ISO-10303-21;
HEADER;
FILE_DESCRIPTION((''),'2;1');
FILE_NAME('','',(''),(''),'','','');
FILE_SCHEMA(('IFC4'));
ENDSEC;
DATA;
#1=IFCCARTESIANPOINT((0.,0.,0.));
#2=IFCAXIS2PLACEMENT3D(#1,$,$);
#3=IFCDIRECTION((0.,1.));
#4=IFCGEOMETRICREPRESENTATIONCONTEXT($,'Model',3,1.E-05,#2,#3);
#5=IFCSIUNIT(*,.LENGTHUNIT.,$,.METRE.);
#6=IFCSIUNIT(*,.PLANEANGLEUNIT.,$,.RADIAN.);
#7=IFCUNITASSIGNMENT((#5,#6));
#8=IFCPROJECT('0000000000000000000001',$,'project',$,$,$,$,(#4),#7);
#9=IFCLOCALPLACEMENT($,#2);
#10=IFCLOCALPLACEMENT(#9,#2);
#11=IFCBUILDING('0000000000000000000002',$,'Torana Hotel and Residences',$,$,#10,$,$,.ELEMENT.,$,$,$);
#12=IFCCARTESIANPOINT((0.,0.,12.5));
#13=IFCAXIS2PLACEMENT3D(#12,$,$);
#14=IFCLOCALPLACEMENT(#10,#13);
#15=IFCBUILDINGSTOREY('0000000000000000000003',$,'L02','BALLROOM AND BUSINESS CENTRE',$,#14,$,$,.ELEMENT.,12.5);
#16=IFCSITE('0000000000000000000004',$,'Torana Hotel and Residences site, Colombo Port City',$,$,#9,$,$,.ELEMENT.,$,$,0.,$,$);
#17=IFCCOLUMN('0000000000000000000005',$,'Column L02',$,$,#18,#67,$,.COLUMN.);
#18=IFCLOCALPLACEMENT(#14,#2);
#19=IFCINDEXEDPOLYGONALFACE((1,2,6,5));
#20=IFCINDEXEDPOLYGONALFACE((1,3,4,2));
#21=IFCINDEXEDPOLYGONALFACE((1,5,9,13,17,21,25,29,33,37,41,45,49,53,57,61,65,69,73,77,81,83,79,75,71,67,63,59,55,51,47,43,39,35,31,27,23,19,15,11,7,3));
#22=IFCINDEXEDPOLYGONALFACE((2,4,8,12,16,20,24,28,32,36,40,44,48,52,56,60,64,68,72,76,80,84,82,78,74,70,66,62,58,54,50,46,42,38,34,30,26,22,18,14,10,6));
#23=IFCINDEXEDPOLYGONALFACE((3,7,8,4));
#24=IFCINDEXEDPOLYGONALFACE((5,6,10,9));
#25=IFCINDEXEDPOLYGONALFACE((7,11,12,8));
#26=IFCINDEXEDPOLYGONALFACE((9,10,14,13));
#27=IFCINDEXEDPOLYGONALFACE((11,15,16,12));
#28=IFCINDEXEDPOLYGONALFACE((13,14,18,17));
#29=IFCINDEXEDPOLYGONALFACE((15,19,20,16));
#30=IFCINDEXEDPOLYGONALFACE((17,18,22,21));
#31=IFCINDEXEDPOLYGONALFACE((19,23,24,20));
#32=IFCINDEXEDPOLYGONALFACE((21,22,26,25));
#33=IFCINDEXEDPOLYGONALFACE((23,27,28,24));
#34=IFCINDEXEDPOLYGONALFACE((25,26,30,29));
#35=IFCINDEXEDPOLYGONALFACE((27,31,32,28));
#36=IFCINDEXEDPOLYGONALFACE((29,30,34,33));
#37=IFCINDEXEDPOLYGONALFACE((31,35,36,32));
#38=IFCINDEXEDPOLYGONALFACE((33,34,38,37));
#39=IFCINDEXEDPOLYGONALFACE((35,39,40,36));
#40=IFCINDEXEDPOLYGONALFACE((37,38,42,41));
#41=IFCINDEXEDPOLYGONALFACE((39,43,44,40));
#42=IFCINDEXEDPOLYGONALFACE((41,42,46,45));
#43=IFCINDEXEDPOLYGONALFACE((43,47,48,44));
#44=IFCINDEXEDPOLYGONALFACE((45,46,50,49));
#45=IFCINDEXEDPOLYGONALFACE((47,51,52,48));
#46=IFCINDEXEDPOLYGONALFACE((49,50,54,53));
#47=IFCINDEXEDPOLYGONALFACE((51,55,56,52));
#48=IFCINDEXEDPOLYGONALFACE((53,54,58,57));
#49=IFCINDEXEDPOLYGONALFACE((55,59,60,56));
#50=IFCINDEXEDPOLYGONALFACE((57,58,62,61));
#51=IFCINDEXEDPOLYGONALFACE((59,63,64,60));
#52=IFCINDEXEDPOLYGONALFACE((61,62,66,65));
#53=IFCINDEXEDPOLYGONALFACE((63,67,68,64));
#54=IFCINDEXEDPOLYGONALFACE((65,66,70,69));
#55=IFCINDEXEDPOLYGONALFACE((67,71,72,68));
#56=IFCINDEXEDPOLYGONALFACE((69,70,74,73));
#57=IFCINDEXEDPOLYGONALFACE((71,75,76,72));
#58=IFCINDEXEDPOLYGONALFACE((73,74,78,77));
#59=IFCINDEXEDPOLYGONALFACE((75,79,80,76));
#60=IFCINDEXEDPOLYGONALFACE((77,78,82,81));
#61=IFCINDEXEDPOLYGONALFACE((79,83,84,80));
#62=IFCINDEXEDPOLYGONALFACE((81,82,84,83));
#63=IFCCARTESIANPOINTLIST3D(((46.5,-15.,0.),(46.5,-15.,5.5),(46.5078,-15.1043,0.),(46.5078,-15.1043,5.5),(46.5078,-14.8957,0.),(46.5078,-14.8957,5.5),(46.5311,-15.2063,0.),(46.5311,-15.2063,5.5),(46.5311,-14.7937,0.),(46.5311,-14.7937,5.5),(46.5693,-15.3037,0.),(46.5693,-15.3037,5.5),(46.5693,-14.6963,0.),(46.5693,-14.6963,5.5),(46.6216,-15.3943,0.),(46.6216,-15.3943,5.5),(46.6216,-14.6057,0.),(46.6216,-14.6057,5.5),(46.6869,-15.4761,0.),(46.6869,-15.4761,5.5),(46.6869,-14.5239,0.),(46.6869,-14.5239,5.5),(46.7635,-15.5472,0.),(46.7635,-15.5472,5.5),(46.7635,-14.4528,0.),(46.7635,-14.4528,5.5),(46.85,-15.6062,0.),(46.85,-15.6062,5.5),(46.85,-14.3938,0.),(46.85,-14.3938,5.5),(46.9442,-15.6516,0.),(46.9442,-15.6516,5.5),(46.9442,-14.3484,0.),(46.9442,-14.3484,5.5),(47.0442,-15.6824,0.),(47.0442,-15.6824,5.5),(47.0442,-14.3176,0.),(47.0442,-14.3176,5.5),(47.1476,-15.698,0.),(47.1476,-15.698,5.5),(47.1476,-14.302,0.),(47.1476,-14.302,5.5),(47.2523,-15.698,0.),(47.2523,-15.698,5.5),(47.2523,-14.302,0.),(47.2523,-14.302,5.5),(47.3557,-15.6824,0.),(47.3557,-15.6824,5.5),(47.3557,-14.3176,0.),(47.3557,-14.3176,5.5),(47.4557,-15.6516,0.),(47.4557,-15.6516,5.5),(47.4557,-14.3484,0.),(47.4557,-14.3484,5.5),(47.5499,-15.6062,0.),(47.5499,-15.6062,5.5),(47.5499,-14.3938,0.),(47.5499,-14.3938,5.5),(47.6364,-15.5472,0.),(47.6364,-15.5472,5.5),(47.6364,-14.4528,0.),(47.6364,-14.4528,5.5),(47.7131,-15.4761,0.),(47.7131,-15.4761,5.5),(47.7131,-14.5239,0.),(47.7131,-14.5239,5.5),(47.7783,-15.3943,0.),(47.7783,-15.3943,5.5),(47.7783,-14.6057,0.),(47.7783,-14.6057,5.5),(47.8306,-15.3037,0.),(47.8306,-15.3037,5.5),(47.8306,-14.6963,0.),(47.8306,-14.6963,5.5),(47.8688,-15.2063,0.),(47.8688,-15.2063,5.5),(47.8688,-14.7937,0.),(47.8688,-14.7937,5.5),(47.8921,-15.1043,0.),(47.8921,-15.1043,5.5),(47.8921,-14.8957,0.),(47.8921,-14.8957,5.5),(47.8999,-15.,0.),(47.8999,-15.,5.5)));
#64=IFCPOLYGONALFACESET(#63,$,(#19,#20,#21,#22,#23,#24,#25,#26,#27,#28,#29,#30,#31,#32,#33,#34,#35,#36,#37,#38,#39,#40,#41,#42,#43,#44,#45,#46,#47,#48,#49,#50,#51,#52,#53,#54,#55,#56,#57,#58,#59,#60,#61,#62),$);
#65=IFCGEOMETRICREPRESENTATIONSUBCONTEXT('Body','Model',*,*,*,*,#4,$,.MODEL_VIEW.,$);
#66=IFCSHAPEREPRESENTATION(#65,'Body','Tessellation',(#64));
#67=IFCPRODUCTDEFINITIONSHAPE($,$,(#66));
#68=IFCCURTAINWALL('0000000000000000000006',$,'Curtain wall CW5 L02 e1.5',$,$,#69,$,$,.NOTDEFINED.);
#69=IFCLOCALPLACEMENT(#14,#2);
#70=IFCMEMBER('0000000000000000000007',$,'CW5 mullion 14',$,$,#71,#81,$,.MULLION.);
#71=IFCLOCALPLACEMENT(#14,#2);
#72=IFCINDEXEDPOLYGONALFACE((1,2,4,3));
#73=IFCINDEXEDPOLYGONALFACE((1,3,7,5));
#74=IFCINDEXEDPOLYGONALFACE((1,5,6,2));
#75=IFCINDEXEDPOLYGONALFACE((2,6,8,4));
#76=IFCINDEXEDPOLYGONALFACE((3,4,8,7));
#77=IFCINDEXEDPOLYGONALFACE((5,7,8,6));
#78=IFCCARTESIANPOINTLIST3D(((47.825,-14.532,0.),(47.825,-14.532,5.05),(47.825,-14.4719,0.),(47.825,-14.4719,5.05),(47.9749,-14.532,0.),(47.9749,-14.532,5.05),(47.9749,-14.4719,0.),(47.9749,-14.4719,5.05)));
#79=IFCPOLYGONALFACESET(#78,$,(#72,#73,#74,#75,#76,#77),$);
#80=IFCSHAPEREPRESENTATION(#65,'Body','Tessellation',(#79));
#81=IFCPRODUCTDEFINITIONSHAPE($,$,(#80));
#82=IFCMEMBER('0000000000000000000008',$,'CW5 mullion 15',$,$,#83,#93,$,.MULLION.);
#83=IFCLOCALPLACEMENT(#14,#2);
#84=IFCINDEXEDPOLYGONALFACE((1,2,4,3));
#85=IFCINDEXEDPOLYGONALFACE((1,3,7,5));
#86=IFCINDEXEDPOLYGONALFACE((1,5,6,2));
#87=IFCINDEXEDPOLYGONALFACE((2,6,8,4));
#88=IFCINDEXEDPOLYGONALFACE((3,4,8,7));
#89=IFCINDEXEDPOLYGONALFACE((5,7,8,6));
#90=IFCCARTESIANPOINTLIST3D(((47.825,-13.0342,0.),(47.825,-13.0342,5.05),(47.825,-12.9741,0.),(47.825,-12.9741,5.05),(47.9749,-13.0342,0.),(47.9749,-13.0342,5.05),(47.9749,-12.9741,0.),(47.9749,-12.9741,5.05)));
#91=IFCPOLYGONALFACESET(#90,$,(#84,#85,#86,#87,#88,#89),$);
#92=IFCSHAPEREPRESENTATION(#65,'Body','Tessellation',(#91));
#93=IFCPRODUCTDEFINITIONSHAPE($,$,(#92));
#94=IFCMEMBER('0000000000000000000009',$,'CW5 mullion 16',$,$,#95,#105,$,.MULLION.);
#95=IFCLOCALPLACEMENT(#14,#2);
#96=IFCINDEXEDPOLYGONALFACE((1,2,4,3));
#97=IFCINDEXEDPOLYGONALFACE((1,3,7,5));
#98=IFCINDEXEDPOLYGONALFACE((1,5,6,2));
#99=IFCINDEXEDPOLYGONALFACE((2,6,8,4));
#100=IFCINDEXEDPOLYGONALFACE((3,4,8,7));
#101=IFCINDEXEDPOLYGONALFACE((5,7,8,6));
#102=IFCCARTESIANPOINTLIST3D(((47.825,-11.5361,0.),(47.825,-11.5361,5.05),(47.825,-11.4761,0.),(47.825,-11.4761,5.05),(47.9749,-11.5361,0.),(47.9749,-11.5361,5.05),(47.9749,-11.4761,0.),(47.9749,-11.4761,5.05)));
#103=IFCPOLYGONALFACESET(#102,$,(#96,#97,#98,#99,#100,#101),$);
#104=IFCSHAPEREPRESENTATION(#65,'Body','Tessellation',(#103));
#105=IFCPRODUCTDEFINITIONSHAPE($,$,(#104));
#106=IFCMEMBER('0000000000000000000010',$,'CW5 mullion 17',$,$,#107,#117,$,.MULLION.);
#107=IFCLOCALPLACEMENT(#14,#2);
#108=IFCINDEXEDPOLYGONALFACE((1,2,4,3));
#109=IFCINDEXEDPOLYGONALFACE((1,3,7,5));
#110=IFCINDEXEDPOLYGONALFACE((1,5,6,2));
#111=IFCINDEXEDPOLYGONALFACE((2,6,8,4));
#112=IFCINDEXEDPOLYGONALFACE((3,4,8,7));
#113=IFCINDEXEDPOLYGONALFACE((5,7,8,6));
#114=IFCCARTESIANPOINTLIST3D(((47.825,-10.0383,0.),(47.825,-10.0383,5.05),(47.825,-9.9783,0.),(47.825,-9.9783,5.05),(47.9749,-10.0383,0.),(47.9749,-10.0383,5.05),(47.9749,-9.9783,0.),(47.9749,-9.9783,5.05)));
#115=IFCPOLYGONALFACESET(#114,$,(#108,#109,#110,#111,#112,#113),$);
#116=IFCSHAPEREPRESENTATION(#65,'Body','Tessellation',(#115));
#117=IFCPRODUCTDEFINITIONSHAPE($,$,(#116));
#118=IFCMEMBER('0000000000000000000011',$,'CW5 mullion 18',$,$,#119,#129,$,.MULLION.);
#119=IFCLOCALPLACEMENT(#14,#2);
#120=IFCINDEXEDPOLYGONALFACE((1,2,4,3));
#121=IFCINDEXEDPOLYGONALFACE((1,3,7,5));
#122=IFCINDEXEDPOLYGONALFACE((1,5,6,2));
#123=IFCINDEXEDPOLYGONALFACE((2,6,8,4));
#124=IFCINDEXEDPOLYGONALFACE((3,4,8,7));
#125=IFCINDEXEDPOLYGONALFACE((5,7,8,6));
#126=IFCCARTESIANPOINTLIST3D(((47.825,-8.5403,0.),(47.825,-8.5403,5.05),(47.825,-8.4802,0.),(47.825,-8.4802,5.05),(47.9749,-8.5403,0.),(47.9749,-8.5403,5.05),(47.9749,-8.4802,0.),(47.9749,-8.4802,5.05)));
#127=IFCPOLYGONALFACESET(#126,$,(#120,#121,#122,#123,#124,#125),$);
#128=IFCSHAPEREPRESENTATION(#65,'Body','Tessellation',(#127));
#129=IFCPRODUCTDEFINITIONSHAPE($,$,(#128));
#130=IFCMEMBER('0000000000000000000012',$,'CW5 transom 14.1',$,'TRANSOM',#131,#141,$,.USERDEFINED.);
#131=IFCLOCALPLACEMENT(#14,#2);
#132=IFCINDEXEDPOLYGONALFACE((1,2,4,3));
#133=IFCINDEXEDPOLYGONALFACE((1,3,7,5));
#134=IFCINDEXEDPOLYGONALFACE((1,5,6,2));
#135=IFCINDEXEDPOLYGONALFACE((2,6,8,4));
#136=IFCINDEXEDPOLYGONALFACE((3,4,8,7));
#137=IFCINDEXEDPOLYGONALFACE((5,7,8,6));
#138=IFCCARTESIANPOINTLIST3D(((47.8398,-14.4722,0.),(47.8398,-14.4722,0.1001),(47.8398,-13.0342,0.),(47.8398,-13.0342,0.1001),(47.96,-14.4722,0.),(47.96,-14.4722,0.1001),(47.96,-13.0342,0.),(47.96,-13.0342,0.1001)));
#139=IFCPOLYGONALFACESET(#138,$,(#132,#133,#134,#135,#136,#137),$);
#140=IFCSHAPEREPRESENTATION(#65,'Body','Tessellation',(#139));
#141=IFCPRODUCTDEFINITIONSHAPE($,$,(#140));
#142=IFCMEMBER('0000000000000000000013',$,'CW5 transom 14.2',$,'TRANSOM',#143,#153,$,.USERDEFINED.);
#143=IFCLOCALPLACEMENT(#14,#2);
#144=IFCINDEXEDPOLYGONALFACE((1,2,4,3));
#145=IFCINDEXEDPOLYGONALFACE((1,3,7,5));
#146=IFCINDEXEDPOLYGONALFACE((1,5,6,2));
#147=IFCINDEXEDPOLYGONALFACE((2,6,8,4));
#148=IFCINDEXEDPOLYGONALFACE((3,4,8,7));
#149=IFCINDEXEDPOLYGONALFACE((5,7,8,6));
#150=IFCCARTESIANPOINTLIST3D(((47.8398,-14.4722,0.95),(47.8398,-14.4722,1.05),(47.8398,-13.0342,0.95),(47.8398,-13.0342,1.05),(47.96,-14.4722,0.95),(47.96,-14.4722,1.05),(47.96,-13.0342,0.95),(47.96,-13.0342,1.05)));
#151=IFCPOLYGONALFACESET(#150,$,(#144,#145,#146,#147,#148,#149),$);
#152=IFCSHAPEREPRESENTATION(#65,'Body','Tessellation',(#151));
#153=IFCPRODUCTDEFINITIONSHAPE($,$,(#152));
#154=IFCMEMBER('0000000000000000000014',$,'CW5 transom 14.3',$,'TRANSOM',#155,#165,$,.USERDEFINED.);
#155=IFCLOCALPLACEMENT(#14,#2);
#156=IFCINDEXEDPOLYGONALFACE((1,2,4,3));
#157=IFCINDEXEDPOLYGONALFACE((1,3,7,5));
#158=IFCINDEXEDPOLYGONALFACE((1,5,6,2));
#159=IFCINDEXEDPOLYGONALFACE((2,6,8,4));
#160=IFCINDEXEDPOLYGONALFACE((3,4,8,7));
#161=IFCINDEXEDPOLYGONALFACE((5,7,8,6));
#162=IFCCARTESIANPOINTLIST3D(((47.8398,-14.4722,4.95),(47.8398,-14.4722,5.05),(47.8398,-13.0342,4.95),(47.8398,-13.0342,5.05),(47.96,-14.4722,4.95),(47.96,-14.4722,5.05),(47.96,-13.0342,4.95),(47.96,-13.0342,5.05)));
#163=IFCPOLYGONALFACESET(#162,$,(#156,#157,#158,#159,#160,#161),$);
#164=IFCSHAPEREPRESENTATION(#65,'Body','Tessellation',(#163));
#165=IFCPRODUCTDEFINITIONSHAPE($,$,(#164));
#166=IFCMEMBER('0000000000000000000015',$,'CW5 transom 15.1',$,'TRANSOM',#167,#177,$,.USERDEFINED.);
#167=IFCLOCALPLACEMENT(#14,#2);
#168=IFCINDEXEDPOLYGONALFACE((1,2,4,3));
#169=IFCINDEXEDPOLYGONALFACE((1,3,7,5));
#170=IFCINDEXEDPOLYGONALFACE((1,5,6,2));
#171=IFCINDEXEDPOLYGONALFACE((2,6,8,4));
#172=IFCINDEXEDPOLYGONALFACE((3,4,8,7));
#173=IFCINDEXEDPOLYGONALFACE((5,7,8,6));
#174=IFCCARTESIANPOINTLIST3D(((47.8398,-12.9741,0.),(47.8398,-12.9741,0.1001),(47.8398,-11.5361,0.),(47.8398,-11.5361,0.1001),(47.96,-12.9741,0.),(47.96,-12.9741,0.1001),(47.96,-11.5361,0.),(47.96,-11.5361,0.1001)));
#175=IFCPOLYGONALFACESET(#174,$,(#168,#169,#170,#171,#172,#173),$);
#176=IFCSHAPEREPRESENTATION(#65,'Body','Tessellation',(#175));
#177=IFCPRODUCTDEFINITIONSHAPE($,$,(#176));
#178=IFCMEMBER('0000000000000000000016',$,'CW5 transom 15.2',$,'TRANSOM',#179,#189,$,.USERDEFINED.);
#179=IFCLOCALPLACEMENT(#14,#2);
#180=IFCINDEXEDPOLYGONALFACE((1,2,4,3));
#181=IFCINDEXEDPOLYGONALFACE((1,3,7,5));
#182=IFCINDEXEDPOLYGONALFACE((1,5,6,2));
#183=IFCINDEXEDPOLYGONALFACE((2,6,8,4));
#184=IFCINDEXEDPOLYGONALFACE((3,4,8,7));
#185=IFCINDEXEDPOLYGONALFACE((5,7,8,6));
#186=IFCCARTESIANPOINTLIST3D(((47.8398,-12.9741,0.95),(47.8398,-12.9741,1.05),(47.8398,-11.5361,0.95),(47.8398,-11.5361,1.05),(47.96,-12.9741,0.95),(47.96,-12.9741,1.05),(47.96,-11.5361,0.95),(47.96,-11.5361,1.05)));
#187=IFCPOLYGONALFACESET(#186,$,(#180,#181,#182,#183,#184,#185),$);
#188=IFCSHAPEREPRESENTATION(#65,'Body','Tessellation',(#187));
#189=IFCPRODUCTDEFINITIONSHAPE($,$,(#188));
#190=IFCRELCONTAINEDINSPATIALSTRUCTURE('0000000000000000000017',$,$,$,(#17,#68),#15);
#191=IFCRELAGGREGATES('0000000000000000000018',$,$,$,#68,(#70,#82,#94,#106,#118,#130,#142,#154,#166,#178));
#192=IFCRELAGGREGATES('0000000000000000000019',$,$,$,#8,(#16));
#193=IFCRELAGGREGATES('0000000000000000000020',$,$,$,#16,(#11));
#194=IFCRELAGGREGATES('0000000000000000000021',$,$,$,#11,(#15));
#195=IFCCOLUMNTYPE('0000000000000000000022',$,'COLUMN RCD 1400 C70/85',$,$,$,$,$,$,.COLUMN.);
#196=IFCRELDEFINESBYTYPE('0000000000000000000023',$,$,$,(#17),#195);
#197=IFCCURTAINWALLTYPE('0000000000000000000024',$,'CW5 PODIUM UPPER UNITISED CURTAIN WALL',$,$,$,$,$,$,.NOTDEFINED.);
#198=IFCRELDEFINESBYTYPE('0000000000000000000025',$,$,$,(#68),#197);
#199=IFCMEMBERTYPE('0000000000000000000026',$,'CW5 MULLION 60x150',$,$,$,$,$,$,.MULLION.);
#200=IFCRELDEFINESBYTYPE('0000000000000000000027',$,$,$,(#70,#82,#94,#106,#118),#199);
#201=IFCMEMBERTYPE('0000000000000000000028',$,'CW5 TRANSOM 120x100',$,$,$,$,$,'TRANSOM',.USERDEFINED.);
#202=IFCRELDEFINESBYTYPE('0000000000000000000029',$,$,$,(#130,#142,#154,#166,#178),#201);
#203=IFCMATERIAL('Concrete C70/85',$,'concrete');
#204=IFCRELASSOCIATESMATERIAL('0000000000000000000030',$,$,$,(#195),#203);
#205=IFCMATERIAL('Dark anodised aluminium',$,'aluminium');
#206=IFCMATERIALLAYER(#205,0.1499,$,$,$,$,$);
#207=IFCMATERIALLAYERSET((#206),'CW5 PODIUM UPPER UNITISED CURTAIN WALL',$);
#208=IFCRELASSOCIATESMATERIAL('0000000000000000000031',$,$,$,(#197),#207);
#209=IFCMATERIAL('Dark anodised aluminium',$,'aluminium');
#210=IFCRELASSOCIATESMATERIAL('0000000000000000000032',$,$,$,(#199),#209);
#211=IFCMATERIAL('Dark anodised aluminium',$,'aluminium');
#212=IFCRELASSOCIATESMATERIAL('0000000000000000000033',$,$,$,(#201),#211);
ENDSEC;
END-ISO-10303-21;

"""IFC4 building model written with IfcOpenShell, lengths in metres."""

from ifc_helpers import new_model, si_unit, direction, frame, origin, origin_2d, place, context, subcontext, project, spatial, rectangle, circle, extrude, material, layer, layer_set, material_profile, profile_set, type_object, element, aggregate, save


model = new_model("IFC4")

# Units and contexts
model_context = context("Model", 3, precision=1e-05, world=origin(), true_north=direction((0.0, 1.0)))
body_context = subcontext(model_context, "Body", "Model", "MODEL_VIEW")
ifc_project = project(units=[si_unit("LENGTHUNIT", "METRE"), si_unit("PLANEANGLEUNIT", "RADIAN")], contexts=[model_context])

# Site, building, storey
site_placement = place(None, origin())
site = spatial("IfcSite", under=ifc_project, at=site_placement, Name="Torana Hotel and Residences site, Colombo Port City", CompositionType="ELEMENT", RefElevation=0.0)
building_placement = place(site_placement, origin())
building = spatial("IfcBuilding", under=site, at=building_placement, Name="Torana Hotel and Residences", CompositionType="ELEMENT")
storey_placement = place(building_placement, frame((0.0, 0.0, 12.5)))
storey = spatial("IfcBuildingStorey", under=building, at=storey_placement, Name="L02", Description="BALLROOM AND BUSINESS CENTRE", CompositionType="ELEMENT", Elevation=12.5)

# Column
ifc_material_1 = material(Name="Concrete C70/85", Category="concrete")
ifc_material_profile_1 = material_profile(ifc_material_1, circle(Radius=0.7, at=origin_2d()), Name="RCD 1400")
ifc_profile_set_1 = profile_set([ifc_material_profile_1], Name="Concrete C70/85")
column_type = type_object("IfcColumnType", Name="COLUMN RCD 1400 C70/85", PredefinedType="COLUMN", material=ifc_profile_set_1)
column_placement = place(storey_placement, frame((47.2, -15.0, 0.0), z_axis=(0.0, 0.0, 1.0), x_axis=(1.0, 0.0, 0.0)))
element("IfcColumn", 1, at=column_placement, inside=storey, type_object=column_type, Name="Column L02", PredefinedType="COLUMN", context=body_context, shape_type="SweptSolid", body=[
    extrude(circle(Radius=0.7, at=origin_2d()), origin(), (0.0, 0.0, 1.0), 5.5),
])

# Curtain wall, members
ifc_material_2 = material(Name="Dark anodised aluminium", Category="aluminium")
ifc_layer_1 = layer(ifc_material_2, 0.1499)
ifc_layer_set_1 = layer_set([ifc_layer_1], Name="CW5 PODIUM UPPER UNITISED CURTAIN WALL")
curtain_wall_type = type_object("IfcCurtainWallType", Name="CW5 PODIUM UPPER UNITISED CURTAIN WALL", PredefinedType="NOTDEFINED", material=ifc_layer_set_1)
curtain_wall_placement = place(storey_placement, origin())
curtain_wall = element("IfcCurtainWall", 2, at=curtain_wall_placement, inside=storey, type_object=curtain_wall_type, Name="Curtain wall CW5 L02 e1.5", PredefinedType="NOTDEFINED")
ifc_material_3 = material(Name="Dark anodised aluminium", Category="aluminium")
ifc_material_profile_2 = material_profile(ifc_material_3, rectangle(XDim=0.1499, YDim=0.0601, at=origin_2d()), Name="CW5 MULLION 60x150")
ifc_profile_set_2 = profile_set([ifc_material_profile_2], Name="Dark anodised aluminium")
member_type_1 = type_object("IfcMemberType", Name="CW5 MULLION 60x150", PredefinedType="MULLION", material=ifc_profile_set_2)
member_1_placement = place(storey_placement, frame((47.8999, -14.502, 0.0), z_axis=(0.0, 0.0, 1.0), x_axis=(-1.0, 0.0, 0.0)))
member_1 = element("IfcMember", 3, at=member_1_placement, type_object=member_type_1, Name="CW5 mullion 14", PredefinedType="MULLION", context=body_context, shape_type="SweptSolid", body=[
    extrude(rectangle(XDim=0.1499, YDim=0.0601, at=origin_2d()), origin(), (0.0, 0.0, 1.0), 5.05),
])
member_2_placement = place(storey_placement, frame((47.8999, -13.0042, 0.0), z_axis=(0.0, 0.0, 1.0), x_axis=(-1.0, 0.0, 0.0)))
member_2 = element("IfcMember", 4, at=member_2_placement, type_object=member_type_1, Name="CW5 mullion 15", PredefinedType="MULLION", context=body_context, shape_type="SweptSolid", body=[
    extrude(rectangle(XDim=0.1499, YDim=0.0601, at=origin_2d()), origin(), (0.0, 0.0, 1.0), 5.05),
])
member_3_placement = place(storey_placement, frame((47.8999, -11.5061, 0.0), z_axis=(0.0, 0.0, 1.0), x_axis=(-1.0, 0.0, 0.0)))
member_3 = element("IfcMember", 5, at=member_3_placement, type_object=member_type_1, Name="CW5 mullion 16", PredefinedType="MULLION", context=body_context, shape_type="SweptSolid", body=[
    extrude(rectangle(XDim=0.1499, YDim=0.0601, at=origin_2d()), origin(), (0.0, 0.0, 1.0), 5.05),
])
member_4_placement = place(storey_placement, frame((47.8999, -10.0083, 0.0), z_axis=(0.0, 0.0, 1.0), x_axis=(-1.0, 0.0, 0.0)))
member_4 = element("IfcMember", 6, at=member_4_placement, type_object=member_type_1, Name="CW5 mullion 17", PredefinedType="MULLION", context=body_context, shape_type="SweptSolid", body=[
    extrude(rectangle(XDim=0.1499, YDim=0.0601, at=origin_2d()), origin(), (0.0, 0.0, 1.0), 5.05),
])
member_5_placement = place(storey_placement, frame((47.8999, -8.5103, 0.0), z_axis=(0.0, 0.0, 1.0), x_axis=(-1.0, 0.0, 0.0)))
member_5 = element("IfcMember", 7, at=member_5_placement, type_object=member_type_1, Name="CW5 mullion 18", PredefinedType="MULLION", context=body_context, shape_type="SweptSolid", body=[
    extrude(rectangle(XDim=0.1499, YDim=0.0601, at=origin_2d()), origin(), (0.0, 0.0, 1.0), 5.05),
])
ifc_material_4 = material(Name="Dark anodised aluminium", Category="aluminium")
ifc_material_profile_3 = material_profile(ifc_material_4, rectangle(XDim=0.1201, YDim=0.1001, at=origin_2d()), Name="CW5 TRANSOM 120x100")
ifc_profile_set_3 = profile_set([ifc_material_profile_3], Name="Dark anodised aluminium")
member_type_2 = type_object("IfcMemberType", Name="CW5 TRANSOM 120x100", ElementType="TRANSOM", PredefinedType="USERDEFINED", material=ifc_profile_set_3)
member_6_placement = place(storey_placement, frame((47.8999, -14.4722, 0.05), z_axis=(0.0, 1.0, 0.0), x_axis=(-1.0, 0.0, 0.0)))
member_6 = element("IfcMember", 8, at=member_6_placement, type_object=member_type_2, Name="CW5 transom 14.1", ObjectType="TRANSOM", PredefinedType="USERDEFINED", context=body_context, shape_type="SweptSolid", body=[
    extrude(rectangle(XDim=0.1201, YDim=0.1001, at=origin_2d()), origin(), (0.0, 0.0, 1.0), 1.438),
])
member_7_placement = place(storey_placement, frame((47.8999, -14.4722, 1.0), z_axis=(0.0, 1.0, 0.0), x_axis=(-1.0, 0.0, 0.0)))
member_7 = element("IfcMember", 9, at=member_7_placement, type_object=member_type_2, Name="CW5 transom 14.2", ObjectType="TRANSOM", PredefinedType="USERDEFINED", context=body_context, shape_type="SweptSolid", body=[
    extrude(rectangle(XDim=0.1201, YDim=0.1001, at=origin_2d()), origin(), (0.0, 0.0, 1.0), 1.438),
])
member_8_placement = place(storey_placement, frame((47.8999, -14.4722, 5.0), z_axis=(0.0, 1.0, 0.0), x_axis=(-1.0, 0.0, 0.0)))
member_8 = element("IfcMember", 10, at=member_8_placement, type_object=member_type_2, Name="CW5 transom 14.3", ObjectType="TRANSOM", PredefinedType="USERDEFINED", context=body_context, shape_type="SweptSolid", body=[
    extrude(rectangle(XDim=0.1201, YDim=0.1001, at=origin_2d()), origin(), (0.0, 0.0, 1.0), 1.438),
])
member_9_placement = place(storey_placement, frame((47.8999, -12.9741, 0.05), z_axis=(0.0, 1.0, 0.0), x_axis=(-1.0, 0.0, 0.0)))
member_9 = element("IfcMember", 11, at=member_9_placement, type_object=member_type_2, Name="CW5 transom 15.1", ObjectType="TRANSOM", PredefinedType="USERDEFINED", context=body_context, shape_type="SweptSolid", body=[
    extrude(rectangle(XDim=0.1201, YDim=0.1001, at=origin_2d()), origin(), (0.0, 0.0, 1.0), 1.438),
])
member_10_placement = place(storey_placement, frame((47.8999, -12.9741, 1.0), z_axis=(0.0, 1.0, 0.0), x_axis=(-1.0, 0.0, 0.0)))
member_10 = element("IfcMember", 12, at=member_10_placement, type_object=member_type_2, Name="CW5 transom 15.2", ObjectType="TRANSOM", PredefinedType="USERDEFINED", context=body_context, shape_type="SweptSolid", body=[
    extrude(rectangle(XDim=0.1201, YDim=0.1001, at=origin_2d()), origin(), (0.0, 0.0, 1.0), 1.438),
])
aggregate(curtain_wall, [member_1, member_2, member_3, member_4, member_5, member_6, member_7, member_8, member_9, member_10])

save(model, "model.ifc")
